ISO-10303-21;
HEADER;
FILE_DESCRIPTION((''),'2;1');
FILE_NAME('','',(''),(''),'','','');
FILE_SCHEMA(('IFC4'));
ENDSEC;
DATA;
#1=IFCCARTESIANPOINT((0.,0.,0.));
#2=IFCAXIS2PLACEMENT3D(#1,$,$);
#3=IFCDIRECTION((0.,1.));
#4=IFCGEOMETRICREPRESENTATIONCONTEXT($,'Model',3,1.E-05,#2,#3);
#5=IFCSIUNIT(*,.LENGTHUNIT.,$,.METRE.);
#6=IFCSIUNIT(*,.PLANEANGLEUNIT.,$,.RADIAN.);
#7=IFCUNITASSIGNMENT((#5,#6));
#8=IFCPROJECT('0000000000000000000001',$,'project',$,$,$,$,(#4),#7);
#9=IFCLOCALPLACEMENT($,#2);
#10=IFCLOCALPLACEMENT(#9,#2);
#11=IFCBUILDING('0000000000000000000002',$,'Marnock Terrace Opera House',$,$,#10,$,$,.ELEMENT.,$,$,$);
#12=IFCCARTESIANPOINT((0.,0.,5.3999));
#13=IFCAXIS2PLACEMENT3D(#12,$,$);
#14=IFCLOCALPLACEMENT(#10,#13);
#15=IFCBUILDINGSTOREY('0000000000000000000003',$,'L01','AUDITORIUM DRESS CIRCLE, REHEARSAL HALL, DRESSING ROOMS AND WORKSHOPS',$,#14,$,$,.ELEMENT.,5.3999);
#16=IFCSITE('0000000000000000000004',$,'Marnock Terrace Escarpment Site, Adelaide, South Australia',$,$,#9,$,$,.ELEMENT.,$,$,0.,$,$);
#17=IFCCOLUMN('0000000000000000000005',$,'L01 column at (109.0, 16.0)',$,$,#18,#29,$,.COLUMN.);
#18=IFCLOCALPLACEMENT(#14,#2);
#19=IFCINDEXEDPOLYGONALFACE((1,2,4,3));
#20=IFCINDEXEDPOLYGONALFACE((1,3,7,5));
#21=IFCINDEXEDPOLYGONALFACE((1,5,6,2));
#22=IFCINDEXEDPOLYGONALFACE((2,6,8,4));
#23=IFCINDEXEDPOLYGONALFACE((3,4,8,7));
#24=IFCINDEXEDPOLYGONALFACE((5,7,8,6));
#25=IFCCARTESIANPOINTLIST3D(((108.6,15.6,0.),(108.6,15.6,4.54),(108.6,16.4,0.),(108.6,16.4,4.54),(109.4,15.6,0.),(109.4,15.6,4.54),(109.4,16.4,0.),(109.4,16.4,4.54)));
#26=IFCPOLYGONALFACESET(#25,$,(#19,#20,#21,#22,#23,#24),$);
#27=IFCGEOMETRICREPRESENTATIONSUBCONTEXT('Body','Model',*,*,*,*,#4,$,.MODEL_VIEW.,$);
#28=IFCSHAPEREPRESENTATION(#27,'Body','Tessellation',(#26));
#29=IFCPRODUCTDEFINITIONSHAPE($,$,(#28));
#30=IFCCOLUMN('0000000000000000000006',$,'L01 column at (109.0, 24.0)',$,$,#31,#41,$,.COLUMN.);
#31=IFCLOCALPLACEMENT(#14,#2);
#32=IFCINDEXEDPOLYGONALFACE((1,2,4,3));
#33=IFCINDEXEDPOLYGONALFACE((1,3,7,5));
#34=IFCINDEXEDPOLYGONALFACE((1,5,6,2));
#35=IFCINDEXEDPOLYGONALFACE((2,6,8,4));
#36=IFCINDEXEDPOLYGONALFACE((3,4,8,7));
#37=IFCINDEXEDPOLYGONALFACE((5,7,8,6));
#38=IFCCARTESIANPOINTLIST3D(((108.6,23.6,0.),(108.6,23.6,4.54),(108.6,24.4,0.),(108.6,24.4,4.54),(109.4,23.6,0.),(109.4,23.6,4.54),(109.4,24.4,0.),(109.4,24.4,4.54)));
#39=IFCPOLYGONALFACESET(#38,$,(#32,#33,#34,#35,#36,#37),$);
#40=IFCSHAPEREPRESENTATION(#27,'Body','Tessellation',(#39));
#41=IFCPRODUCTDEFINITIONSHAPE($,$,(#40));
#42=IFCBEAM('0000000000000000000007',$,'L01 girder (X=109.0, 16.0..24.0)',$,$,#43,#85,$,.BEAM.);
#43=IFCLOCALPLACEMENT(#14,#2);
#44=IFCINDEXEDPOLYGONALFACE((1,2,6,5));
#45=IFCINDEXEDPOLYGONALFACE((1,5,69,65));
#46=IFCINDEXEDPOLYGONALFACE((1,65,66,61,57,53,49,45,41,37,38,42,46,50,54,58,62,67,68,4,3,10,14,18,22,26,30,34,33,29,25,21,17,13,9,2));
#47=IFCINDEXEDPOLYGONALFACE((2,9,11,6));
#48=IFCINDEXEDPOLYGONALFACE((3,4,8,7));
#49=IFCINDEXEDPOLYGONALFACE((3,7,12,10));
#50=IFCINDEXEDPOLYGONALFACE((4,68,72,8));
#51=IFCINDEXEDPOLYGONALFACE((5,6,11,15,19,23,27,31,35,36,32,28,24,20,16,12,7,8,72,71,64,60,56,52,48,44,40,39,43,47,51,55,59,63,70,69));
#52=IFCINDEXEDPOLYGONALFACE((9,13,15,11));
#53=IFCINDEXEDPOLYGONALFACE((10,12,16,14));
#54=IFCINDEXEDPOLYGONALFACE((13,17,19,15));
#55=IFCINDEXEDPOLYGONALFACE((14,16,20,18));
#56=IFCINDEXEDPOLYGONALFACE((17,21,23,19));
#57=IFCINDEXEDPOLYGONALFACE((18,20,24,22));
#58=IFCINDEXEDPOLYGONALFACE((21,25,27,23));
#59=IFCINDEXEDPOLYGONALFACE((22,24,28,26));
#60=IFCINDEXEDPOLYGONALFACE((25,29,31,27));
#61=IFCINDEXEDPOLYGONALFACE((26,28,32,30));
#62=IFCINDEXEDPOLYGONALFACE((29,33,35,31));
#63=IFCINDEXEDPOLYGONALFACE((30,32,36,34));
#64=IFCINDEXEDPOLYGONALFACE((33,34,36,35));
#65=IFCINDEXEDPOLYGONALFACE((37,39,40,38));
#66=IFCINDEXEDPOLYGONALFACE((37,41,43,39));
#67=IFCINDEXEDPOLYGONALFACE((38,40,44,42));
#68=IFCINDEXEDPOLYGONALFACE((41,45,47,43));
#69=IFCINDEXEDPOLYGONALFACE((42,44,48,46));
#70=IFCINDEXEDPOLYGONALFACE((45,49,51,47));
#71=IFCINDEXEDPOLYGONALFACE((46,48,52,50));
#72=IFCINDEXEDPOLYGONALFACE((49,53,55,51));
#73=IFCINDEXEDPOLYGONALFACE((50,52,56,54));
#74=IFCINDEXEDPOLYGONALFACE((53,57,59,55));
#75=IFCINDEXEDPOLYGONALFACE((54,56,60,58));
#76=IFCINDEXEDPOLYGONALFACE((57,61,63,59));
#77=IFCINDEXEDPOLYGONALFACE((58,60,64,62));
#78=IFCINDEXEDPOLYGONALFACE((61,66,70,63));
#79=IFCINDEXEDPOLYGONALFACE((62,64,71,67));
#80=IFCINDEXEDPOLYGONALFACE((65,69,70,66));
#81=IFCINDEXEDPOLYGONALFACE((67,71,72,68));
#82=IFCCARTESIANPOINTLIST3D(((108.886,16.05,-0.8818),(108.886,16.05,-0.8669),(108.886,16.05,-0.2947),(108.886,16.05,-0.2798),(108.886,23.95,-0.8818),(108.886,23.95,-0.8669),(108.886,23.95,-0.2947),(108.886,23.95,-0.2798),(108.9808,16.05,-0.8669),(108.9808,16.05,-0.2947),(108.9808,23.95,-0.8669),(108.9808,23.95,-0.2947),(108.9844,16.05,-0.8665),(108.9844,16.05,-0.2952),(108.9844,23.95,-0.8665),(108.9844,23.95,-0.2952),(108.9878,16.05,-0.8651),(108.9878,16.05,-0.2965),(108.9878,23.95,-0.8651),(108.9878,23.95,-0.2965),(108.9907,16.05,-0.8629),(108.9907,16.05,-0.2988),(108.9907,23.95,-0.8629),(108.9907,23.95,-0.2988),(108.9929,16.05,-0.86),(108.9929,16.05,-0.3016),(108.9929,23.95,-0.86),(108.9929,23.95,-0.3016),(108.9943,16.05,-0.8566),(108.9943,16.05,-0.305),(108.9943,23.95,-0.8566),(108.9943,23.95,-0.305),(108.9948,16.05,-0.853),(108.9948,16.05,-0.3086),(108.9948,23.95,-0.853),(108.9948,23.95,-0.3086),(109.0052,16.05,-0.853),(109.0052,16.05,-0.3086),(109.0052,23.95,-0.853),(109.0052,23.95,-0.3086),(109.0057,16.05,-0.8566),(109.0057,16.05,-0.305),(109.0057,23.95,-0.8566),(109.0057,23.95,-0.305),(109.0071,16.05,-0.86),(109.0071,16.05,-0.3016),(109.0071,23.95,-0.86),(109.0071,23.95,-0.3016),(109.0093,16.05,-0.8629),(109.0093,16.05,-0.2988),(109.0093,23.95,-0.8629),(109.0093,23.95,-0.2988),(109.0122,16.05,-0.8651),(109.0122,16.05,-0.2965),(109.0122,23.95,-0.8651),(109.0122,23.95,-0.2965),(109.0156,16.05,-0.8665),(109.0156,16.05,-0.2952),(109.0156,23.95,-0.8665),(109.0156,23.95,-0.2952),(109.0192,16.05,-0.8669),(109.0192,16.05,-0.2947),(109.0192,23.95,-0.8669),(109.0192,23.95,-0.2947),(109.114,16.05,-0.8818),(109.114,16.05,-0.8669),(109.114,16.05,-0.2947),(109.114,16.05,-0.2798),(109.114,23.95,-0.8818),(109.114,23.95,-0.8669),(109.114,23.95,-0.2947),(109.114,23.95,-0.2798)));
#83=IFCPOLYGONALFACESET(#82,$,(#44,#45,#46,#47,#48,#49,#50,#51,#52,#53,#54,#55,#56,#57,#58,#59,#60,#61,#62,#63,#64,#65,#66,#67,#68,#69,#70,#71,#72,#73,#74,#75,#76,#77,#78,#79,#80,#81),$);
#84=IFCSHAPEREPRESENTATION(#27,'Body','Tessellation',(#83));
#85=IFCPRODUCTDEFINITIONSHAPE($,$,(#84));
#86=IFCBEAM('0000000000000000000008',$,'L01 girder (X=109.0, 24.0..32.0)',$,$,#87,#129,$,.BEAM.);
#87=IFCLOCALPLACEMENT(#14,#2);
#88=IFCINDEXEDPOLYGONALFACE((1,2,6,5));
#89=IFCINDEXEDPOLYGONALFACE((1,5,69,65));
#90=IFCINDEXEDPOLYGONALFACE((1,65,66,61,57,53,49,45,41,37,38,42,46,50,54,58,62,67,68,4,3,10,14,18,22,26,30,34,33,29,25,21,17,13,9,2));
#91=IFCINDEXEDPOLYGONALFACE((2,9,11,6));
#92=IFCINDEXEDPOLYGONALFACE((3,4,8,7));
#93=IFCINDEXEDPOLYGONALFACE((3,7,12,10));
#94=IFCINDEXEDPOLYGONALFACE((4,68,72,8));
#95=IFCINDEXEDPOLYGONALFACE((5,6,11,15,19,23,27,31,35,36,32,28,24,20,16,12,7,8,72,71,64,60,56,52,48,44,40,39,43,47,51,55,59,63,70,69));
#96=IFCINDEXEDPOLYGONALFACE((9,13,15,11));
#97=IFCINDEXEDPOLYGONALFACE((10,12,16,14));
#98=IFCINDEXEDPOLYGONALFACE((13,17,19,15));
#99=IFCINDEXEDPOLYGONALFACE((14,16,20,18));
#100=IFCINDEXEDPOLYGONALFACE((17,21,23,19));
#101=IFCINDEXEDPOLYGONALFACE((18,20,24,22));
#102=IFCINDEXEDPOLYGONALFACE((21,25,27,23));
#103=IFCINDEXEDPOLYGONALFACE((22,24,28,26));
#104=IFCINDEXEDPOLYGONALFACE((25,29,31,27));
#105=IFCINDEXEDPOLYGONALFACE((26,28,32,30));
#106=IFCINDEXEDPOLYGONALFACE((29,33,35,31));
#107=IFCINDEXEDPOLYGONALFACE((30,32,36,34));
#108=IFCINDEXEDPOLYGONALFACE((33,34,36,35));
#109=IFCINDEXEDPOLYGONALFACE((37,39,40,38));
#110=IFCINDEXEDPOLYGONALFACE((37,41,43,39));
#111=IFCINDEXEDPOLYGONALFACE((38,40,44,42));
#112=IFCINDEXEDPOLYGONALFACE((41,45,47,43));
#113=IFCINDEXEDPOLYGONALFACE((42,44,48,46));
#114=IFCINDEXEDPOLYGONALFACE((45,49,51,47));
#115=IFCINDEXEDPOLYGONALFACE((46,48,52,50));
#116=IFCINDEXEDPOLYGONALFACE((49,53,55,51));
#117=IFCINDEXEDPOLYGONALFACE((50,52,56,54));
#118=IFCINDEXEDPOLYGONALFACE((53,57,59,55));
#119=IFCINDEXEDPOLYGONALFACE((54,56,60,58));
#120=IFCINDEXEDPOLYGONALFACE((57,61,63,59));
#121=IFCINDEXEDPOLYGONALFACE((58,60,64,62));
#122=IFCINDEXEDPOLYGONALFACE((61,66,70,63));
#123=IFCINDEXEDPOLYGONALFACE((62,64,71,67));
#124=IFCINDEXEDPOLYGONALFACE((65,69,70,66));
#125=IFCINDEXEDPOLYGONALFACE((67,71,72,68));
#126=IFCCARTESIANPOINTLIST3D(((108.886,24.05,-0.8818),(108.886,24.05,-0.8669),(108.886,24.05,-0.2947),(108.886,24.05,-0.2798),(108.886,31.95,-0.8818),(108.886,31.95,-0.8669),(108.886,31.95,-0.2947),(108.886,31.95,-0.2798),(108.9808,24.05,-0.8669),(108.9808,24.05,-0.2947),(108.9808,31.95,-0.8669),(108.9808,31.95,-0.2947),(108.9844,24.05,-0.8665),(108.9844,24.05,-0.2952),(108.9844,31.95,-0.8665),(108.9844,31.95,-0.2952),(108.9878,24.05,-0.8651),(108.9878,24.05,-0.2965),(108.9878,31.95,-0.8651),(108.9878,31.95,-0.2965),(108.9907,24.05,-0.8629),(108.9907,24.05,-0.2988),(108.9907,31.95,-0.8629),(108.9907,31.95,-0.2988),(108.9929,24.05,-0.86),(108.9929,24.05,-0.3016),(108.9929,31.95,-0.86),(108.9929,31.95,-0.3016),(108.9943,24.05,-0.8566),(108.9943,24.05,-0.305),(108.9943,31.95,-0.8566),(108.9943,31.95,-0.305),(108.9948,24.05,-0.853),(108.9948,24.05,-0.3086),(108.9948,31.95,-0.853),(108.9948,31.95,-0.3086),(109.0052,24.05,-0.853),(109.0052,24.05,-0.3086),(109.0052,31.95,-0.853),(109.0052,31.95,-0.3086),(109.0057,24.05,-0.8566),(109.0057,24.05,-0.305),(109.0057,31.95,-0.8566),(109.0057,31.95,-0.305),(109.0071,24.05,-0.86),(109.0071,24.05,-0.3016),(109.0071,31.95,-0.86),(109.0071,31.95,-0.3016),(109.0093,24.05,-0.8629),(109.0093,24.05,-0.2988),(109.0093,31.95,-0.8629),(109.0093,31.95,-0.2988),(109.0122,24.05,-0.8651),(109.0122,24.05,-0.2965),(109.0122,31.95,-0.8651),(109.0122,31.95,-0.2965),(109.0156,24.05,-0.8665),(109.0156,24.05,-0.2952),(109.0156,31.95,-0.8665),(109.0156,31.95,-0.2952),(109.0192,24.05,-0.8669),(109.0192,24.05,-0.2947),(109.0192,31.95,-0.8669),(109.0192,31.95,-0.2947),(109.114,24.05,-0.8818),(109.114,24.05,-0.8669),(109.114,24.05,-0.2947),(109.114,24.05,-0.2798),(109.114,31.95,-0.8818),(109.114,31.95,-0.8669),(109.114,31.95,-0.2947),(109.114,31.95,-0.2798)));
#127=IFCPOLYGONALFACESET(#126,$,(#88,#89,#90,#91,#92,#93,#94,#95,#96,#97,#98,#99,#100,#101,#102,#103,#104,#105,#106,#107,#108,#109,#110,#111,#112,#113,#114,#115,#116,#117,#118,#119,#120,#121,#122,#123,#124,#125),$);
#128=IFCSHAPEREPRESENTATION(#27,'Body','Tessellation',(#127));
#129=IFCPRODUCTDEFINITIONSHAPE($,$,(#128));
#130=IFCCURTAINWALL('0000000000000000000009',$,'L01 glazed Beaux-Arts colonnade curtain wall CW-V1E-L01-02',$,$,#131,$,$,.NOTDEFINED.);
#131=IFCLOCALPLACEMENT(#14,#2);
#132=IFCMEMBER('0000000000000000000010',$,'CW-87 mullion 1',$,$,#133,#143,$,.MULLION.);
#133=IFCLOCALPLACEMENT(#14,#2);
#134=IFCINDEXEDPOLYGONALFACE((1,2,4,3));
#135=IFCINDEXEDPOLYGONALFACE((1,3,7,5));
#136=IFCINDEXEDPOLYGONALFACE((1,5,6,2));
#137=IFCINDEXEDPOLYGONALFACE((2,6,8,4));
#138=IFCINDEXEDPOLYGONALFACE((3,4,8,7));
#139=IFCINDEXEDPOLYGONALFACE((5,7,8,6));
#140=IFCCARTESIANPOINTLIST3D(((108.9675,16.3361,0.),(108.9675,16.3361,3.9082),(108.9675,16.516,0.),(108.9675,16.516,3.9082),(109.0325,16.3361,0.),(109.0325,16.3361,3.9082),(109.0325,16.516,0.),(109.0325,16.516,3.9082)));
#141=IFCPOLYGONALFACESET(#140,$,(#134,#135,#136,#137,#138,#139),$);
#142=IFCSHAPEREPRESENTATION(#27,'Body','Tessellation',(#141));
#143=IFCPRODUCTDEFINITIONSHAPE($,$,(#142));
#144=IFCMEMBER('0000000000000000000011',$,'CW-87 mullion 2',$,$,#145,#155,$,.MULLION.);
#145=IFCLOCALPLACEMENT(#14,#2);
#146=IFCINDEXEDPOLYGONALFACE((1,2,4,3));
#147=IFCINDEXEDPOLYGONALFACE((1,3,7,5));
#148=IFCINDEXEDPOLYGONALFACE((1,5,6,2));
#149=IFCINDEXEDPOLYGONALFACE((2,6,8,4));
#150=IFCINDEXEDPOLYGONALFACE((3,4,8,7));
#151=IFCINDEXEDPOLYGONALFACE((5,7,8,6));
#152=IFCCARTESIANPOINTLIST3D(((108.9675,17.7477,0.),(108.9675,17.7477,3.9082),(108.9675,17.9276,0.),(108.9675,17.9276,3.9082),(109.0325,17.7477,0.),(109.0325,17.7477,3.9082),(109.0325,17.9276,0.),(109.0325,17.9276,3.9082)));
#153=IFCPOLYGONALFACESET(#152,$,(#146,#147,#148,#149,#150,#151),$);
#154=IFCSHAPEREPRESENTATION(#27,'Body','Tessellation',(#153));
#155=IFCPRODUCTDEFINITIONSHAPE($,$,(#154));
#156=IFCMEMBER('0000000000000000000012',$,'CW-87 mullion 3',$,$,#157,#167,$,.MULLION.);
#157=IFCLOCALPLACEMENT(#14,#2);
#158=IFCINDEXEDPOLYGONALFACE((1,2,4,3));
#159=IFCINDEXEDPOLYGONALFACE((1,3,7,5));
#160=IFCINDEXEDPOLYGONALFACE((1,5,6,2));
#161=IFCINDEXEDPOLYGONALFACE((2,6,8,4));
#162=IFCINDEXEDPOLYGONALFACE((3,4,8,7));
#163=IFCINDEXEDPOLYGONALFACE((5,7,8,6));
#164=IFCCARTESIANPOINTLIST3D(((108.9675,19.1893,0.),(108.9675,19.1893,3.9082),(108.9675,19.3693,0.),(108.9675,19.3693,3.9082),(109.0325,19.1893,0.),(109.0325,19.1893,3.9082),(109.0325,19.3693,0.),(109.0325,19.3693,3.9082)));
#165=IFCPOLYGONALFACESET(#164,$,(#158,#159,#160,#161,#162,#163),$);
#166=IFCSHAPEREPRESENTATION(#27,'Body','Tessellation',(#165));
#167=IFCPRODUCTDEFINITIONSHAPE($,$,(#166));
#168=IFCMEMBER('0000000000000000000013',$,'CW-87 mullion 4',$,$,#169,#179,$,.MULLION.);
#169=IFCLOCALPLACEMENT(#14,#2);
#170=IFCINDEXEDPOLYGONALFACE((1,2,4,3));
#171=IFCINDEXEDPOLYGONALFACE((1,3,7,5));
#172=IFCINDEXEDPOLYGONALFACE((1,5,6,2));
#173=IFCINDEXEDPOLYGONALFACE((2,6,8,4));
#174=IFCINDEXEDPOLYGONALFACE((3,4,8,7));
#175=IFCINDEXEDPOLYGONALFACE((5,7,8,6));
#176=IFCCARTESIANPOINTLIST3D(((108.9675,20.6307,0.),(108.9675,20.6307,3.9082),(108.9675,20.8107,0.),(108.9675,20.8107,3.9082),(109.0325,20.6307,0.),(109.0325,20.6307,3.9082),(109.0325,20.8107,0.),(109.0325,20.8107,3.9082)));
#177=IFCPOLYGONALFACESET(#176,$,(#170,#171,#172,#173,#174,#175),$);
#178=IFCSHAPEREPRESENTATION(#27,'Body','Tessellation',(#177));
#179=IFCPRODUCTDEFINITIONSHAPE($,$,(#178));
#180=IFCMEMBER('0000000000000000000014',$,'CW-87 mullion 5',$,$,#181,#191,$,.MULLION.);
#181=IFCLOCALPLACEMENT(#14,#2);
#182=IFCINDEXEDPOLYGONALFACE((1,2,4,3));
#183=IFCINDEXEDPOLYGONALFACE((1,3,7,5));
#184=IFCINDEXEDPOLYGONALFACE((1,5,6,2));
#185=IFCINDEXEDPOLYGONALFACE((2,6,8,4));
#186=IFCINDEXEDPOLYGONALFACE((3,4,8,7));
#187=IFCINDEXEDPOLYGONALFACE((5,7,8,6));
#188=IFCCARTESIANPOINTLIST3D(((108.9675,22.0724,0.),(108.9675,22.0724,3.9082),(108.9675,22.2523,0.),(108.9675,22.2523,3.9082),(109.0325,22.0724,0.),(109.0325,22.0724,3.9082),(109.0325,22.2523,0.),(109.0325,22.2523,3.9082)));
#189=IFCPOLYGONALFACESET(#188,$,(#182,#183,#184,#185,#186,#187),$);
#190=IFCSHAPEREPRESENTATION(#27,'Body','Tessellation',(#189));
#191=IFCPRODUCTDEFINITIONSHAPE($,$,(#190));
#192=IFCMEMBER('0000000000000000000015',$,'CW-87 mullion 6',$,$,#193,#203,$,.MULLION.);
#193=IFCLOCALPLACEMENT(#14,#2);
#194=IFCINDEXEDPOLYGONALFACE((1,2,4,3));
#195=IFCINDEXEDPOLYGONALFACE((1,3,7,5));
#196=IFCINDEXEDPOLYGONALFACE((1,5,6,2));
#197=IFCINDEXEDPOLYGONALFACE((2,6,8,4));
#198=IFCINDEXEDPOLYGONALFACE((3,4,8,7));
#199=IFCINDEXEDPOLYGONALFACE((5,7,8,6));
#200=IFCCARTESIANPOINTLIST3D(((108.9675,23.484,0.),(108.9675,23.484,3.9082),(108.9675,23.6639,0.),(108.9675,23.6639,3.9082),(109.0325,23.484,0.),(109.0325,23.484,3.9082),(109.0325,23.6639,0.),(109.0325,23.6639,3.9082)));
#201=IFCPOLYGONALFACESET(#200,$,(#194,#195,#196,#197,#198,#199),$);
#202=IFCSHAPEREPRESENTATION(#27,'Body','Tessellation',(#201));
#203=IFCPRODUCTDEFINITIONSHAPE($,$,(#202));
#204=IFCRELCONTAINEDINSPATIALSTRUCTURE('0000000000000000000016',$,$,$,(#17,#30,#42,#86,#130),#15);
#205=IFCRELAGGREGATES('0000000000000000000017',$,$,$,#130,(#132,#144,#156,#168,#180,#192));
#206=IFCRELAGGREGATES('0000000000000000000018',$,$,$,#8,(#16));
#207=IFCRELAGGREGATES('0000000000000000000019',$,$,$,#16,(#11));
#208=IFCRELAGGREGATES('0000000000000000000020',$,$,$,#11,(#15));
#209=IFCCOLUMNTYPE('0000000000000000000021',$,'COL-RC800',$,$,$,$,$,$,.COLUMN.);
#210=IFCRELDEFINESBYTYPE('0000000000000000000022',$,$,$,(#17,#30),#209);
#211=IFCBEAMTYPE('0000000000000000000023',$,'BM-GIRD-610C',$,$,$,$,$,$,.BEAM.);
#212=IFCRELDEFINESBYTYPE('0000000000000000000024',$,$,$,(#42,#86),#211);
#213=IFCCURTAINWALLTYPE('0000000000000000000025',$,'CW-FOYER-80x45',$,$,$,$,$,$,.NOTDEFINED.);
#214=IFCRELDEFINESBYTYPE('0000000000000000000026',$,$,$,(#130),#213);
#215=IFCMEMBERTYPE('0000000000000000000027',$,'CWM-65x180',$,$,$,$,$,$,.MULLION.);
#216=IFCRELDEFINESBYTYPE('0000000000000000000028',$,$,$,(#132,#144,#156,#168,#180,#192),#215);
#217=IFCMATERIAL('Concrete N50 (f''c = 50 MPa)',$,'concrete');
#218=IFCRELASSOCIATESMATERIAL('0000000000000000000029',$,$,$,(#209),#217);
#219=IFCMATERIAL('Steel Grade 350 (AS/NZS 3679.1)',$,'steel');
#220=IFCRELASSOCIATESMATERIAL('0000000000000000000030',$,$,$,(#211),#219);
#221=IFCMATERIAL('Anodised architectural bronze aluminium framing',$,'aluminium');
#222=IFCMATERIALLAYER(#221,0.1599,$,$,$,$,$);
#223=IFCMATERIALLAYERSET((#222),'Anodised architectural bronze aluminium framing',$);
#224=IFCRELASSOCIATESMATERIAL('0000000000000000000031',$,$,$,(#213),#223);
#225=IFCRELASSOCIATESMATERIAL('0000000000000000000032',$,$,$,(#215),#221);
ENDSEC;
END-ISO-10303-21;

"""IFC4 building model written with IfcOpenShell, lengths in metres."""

from ifc_helpers import new_model, si_unit, direction, frame, origin, origin_2d, place, context, subcontext, project, spatial, rectangle, i_section, extrude, material, layer, layer_set, material_profile, profile_set, type_object, element, aggregate, save


model = new_model("IFC4")

# Units and contexts
model_context = context("Model", 3, precision=1e-05, world=origin(), true_north=direction((0.0, 1.0)))
body_context = subcontext(model_context, "Body", "Model", "MODEL_VIEW")
ifc_project = project(units=[si_unit("LENGTHUNIT", "METRE"), si_unit("PLANEANGLEUNIT", "RADIAN")], contexts=[model_context])

# Site, building, storey
site_placement = place(None, origin())
site = spatial("IfcSite", under=ifc_project, at=site_placement, Name="Marnock Terrace Escarpment Site, Adelaide, South Australia", CompositionType="ELEMENT", RefElevation=0.0)
building_placement = place(site_placement, origin())
building = spatial("IfcBuilding", under=site, at=building_placement, Name="Marnock Terrace Opera House", CompositionType="ELEMENT")
storey_placement = place(building_placement, frame((0.0, 0.0, 5.3999)))
storey = spatial("IfcBuildingStorey", under=building, at=storey_placement, Name="L01", Description="AUDITORIUM DRESS CIRCLE, REHEARSAL HALL, DRESSING ROOMS AND WORKSHOPS", CompositionType="ELEMENT", Elevation=5.3999)

# Columns
ifc_material_1 = material(Name="Concrete N50 (f'c = 50 MPa)", Category="concrete")
ifc_material_profile_1 = material_profile(ifc_material_1, rectangle(XDim=0.8, YDim=0.8, at=origin_2d()))
ifc_profile_set_1 = profile_set([ifc_material_profile_1], Name="Concrete N50 (f'c = 50 MPa)")
column_type = type_object("IfcColumnType", Name="COL-RC800", PredefinedType="COLUMN", material=ifc_profile_set_1)
for number, where, z_axis, x_axis, name in (
    (1, (109.0, 16.0, 0.0), (0.0, 0.0, 1.0), (1.0, 0.0, 0.0), "L01 column at (109.0, 16.0)"),
    (2, (109.0, 24.0, 0.0), (0.0, 0.0, 1.0), (1.0, 0.0, 0.0), "L01 column at (109.0, 24.0)"),
):
    element("IfcColumn", number, at=place(storey_placement, frame(where, z_axis=z_axis, x_axis=x_axis)), inside=storey, type_object=column_type, Name=name, PredefinedType="COLUMN", context=body_context, shape_type="SweptSolid", body=[
        extrude(rectangle(XDim=0.8, YDim=0.8, at=origin_2d()), origin(), (0.0, 0.0, 1.0), 4.54),
    ])

# Beams
ifc_material_2 = material(Name="Steel Grade 350 (AS/NZS 3679.1)", Category="steel")
ifc_material_profile_2 = material_profile(ifc_material_2, i_section(OverallWidth=0.228, OverallDepth=0.6021, WebThickness=0.0105, FlangeThickness=0.0149, FilletRadius=0.0139, at=origin_2d()))
ifc_profile_set_2 = profile_set([ifc_material_profile_2], Name="Steel Grade 350 (AS/NZS 3679.1)")
beam_type = type_object("IfcBeamType", Name="BM-GIRD-610C", PredefinedType="BEAM", material=ifc_profile_set_2)
for number, where, z_axis, x_axis, name in (
    (3, (109.0, 16.05, -0.5808), (0.0, 1.0, 0.0), (-1.0, 0.0, 0.0), "L01 girder (X=109.0, 16.0..24.0)"),
    (4, (109.0, 24.05, -0.5808), (0.0, 1.0, 0.0), (-1.0, 0.0, 0.0), "L01 girder (X=109.0, 24.0..32.0)"),
):
    element("IfcBeam", number, at=place(storey_placement, frame(where, z_axis=z_axis, x_axis=x_axis)), inside=storey, type_object=beam_type, Name=name, PredefinedType="BEAM", context=body_context, shape_type="SweptSolid", body=[
        extrude(i_section(OverallWidth=0.228, OverallDepth=0.6021, WebThickness=0.0105, FlangeThickness=0.0149, FilletRadius=0.0139, at=origin_2d()), origin(), (0.0, 0.0, 1.0), 7.8999),
    ])

# Curtain wall, members
ifc_material_3 = material(Name="Anodised architectural bronze aluminium framing", Category="aluminium")
ifc_layer_1 = layer(ifc_material_3, 0.1599)
ifc_layer_set_1 = layer_set([ifc_layer_1], Name="Anodised architectural bronze aluminium framing")
curtain_wall_type = type_object("IfcCurtainWallType", Name="CW-FOYER-80x45", PredefinedType="NOTDEFINED", material=ifc_layer_set_1)
curtain_wall_1_placement = place(storey_placement, origin())
curtain_wall_1 = element("IfcCurtainWall", 5, at=curtain_wall_1_placement, inside=storey, type_object=curtain_wall_type, Name="L01 glazed Beaux-Arts colonnade curtain wall CW-V1E-L01-02", PredefinedType="NOTDEFINED")
ifc_material_profile_3 = material_profile(ifc_material_3, rectangle(XDim=0.0649, YDim=0.1799, at=origin_2d()))
ifc_profile_set_3 = profile_set([ifc_material_profile_3], Name="Anodised architectural bronze aluminium framing")
member_type_1 = type_object("IfcMemberType", Name="CWM-65x180", PredefinedType="MULLION", material=ifc_profile_set_3)
member_1_placement = place(storey_placement, frame((109.0, 16.426, 0.0), z_axis=(0.0, 0.0, 1.0), x_axis=(-1.0, 0.0, 0.0)))
member_1 = element("IfcMember", 6, at=member_1_placement, type_object=member_type_1, Name="CW-87 mullion 1", PredefinedType="MULLION", context=body_context, shape_type="SweptSolid", body=[
    extrude(rectangle(XDim=0.0649, YDim=0.1799, at=origin_2d()), origin(), (0.0, 0.0, 1.0), 3.9082),
])
member_2_placement = place(storey_placement, frame((109.0, 17.8376, 0.0), z_axis=(0.0, 0.0, 1.0), x_axis=(-1.0, 0.0, 0.0)))
member_2 = element("IfcMember", 7, at=member_2_placement, type_object=member_type_1, Name="CW-87 mullion 2", PredefinedType="MULLION", context=body_context, shape_type="SweptSolid", body=[
    extrude(rectangle(XDim=0.0649, YDim=0.1799, at=origin_2d()), origin(), (0.0, 0.0, 1.0), 3.9082),
])
member_3_placement = place(storey_placement, frame((109.0, 19.2793, 0.0), z_axis=(0.0, 0.0, 1.0), x_axis=(-1.0, 0.0, 0.0)))
member_3 = element("IfcMember", 8, at=member_3_placement, type_object=member_type_1, Name="CW-87 mullion 3", PredefinedType="MULLION", context=body_context, shape_type="SweptSolid", body=[
    extrude(rectangle(XDim=0.0649, YDim=0.1799, at=origin_2d()), origin(), (0.0, 0.0, 1.0), 3.9082),
])
member_4_placement = place(storey_placement, frame((109.0, 20.7207, 0.0), z_axis=(0.0, 0.0, 1.0), x_axis=(-1.0, 0.0, 0.0)))
member_4 = element("IfcMember", 9, at=member_4_placement, type_object=member_type_1, Name="CW-87 mullion 4", PredefinedType="MULLION", context=body_context, shape_type="SweptSolid", body=[
    extrude(rectangle(XDim=0.0649, YDim=0.1799, at=origin_2d()), origin(), (0.0, 0.0, 1.0), 3.9082),
])
member_5_placement = place(storey_placement, frame((109.0, 22.1624, 0.0), z_axis=(0.0, 0.0, 1.0), x_axis=(-1.0, 0.0, 0.0)))
member_5 = element("IfcMember", 10, at=member_5_placement, type_object=member_type_1, Name="CW-87 mullion 5", PredefinedType="MULLION", context=body_context, shape_type="SweptSolid", body=[
    extrude(rectangle(XDim=0.0649, YDim=0.1799, at=origin_2d()), origin(), (0.0, 0.0, 1.0), 3.9082),
])
member_6_placement = place(storey_placement, frame((109.0, 23.574, 0.0), z_axis=(0.0, 0.0, 1.0), x_axis=(-1.0, 0.0, 0.0)))
member_6 = element("IfcMember", 11, at=member_6_placement, type_object=member_type_1, Name="CW-87 mullion 6", PredefinedType="MULLION", context=body_context, shape_type="SweptSolid", body=[
    extrude(rectangle(XDim=0.0649, YDim=0.1799, at=origin_2d()), origin(), (0.0, 0.0, 1.0), 3.9082),
])

aggregate(curtain_wall_1, [member_1, member_2, member_3, member_4, member_5, member_6])

save(model, "model.ifc")
